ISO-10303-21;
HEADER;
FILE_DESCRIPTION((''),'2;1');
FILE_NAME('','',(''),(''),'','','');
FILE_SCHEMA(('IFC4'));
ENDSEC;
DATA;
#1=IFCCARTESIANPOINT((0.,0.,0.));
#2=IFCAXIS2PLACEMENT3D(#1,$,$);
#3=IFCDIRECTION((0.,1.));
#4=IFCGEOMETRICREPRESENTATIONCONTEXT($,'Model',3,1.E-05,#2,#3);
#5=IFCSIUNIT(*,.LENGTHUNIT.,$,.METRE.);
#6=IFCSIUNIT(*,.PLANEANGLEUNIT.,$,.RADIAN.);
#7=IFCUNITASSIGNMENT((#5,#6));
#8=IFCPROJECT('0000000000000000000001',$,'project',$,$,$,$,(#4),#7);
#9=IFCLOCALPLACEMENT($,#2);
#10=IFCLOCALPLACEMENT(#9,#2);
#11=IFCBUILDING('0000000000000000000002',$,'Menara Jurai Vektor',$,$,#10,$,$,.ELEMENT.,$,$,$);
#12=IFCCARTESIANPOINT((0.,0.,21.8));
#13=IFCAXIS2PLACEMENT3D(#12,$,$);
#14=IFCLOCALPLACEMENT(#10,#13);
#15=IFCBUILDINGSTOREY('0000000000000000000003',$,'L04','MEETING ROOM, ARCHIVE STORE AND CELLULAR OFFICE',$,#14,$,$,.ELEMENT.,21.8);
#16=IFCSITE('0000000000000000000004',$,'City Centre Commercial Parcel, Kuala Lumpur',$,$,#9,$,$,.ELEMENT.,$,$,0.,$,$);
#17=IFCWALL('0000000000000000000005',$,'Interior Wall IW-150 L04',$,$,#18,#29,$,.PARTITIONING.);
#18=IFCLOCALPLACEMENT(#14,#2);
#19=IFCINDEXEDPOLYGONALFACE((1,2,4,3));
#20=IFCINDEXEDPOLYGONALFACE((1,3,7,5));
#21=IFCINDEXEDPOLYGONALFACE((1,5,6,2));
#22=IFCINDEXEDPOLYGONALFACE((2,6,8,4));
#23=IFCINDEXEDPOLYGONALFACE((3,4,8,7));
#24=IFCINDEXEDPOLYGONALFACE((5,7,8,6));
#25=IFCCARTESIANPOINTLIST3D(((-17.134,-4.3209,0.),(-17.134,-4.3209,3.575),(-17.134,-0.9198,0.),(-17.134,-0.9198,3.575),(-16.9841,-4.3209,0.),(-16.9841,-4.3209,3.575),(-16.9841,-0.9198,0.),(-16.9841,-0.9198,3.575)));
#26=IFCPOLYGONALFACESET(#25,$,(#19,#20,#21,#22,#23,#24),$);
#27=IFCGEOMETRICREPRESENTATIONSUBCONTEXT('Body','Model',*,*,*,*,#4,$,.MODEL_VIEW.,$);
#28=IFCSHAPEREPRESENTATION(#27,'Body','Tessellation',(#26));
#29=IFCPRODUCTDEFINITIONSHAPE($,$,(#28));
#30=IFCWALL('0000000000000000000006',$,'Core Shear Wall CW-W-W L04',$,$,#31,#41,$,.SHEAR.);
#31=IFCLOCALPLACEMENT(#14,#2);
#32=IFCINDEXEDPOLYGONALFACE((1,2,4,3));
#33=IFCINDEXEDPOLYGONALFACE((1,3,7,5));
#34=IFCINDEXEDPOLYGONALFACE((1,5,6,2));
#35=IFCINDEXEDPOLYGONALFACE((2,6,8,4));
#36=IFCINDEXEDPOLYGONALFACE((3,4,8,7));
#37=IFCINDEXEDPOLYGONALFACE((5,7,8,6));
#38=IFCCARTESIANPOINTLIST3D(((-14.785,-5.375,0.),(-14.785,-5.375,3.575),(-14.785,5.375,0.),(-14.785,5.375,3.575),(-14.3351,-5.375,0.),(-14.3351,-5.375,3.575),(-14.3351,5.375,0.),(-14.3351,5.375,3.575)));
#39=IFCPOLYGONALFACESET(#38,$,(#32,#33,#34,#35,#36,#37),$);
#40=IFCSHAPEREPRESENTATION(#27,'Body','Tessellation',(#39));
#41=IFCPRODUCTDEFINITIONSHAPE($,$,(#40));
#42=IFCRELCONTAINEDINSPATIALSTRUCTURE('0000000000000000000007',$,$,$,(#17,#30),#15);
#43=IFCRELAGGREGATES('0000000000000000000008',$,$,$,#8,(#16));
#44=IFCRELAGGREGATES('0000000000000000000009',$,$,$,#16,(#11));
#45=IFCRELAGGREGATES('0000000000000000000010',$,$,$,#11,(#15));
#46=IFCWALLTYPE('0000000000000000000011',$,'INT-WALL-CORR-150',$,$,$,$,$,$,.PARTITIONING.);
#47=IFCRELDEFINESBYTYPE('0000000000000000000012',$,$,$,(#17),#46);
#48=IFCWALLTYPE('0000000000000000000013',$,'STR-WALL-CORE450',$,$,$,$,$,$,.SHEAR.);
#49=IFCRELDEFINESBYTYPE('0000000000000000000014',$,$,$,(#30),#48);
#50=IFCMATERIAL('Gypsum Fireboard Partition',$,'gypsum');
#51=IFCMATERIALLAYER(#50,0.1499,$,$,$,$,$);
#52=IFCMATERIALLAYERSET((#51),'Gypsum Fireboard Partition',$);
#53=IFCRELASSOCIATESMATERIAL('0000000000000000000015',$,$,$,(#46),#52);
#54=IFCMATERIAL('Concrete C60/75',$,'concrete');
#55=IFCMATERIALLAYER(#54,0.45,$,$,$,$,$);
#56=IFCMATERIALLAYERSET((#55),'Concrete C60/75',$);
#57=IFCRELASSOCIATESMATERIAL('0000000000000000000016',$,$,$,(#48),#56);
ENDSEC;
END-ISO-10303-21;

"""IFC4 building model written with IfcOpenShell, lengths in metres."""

from ifc_helpers import new_model, si_unit, direction, frame, frame_2d, origin, place, context, subcontext, project, spatial, rectangle, extrude, material, layer, layer_set, type_object, element, save


model = new_model("IFC4")

# Units and contexts
model_context = context("Model", 3, precision=1e-05, world=origin(), true_north=direction((0.0, 1.0)))
body_context = subcontext(model_context, "Body", "Model", "MODEL_VIEW")
ifc_project = project(units=[si_unit("LENGTHUNIT", "METRE"), si_unit("PLANEANGLEUNIT", "RADIAN")], contexts=[model_context])

# Site, building, storey
site_placement = place(None, origin())
site = spatial("IfcSite", under=ifc_project, at=site_placement, Name="City Centre Commercial Parcel, Kuala Lumpur", CompositionType="ELEMENT", RefElevation=0.0)
building_placement = place(site_placement, origin())
building = spatial("IfcBuilding", under=site, at=building_placement, Name="Menara Jurai Vektor", CompositionType="ELEMENT")
storey_placement = place(building_placement, frame((0.0, 0.0, 21.8)))
storey = spatial("IfcBuildingStorey", under=building, at=storey_placement, Name="L04", Description="MEETING ROOM, ARCHIVE STORE AND CELLULAR OFFICE", CompositionType="ELEMENT", Elevation=21.8)

# Shared definitions
ifc_material_1 = material(Name="Concrete C60/75", Category="concrete")

# Wall
ifc_material_2 = material(Name="Gypsum Fireboard Partition", Category="gypsum")
ifc_layer_1 = layer(ifc_material_2, 0.1499)
ifc_layer_set_1 = layer_set([ifc_layer_1], Name="Gypsum Fireboard Partition")
wall_type_1 = type_object("IfcWallType", Name="INT-WALL-CORR-150", PredefinedType="PARTITIONING", material=ifc_layer_set_1)
wall_1_placement = place(storey_placement, frame((-17.0591, -4.321, 0.0), z_axis=(0.0, 0.0, 1.0), x_axis=(0.0, 1.0, 0.0)))
element("IfcWall", 1, at=wall_1_placement, inside=storey, type_object=wall_type_1, Name="Interior Wall IW-150 L04", PredefinedType="PARTITIONING", context=body_context, shape_type="SweptSolid", body=[
    extrude(rectangle(XDim=3.4011, YDim=0.1499, at=frame_2d((1.7007, 0.0))), origin(), (0.0, 0.0, 1.0), 3.575),
])

# Wall
ifc_layer_2 = layer(ifc_material_1, 0.45)
ifc_layer_set_2 = layer_set([ifc_layer_2], Name="Concrete C60/75")
wall_type_2 = type_object("IfcWallType", Name="STR-WALL-CORE450", PredefinedType="SHEAR", material=ifc_layer_set_2)
wall_2_placement = place(storey_placement, frame((-14.5601, -5.375, 0.0), z_axis=(0.0, 0.0, 1.0), x_axis=(0.0, 1.0, 0.0)))
element("IfcWall", 2, at=wall_2_placement, inside=storey, type_object=wall_type_2, Name="Core Shear Wall CW-W-W L04", PredefinedType="SHEAR", context=body_context, shape_type="SweptSolid", body=[
    extrude(rectangle(XDim=10.75, YDim=0.45, at=frame_2d((5.375, 0.0))), origin(), (0.0, 0.0, 1.0), 3.575),
])

save(model, "model.ifc")
